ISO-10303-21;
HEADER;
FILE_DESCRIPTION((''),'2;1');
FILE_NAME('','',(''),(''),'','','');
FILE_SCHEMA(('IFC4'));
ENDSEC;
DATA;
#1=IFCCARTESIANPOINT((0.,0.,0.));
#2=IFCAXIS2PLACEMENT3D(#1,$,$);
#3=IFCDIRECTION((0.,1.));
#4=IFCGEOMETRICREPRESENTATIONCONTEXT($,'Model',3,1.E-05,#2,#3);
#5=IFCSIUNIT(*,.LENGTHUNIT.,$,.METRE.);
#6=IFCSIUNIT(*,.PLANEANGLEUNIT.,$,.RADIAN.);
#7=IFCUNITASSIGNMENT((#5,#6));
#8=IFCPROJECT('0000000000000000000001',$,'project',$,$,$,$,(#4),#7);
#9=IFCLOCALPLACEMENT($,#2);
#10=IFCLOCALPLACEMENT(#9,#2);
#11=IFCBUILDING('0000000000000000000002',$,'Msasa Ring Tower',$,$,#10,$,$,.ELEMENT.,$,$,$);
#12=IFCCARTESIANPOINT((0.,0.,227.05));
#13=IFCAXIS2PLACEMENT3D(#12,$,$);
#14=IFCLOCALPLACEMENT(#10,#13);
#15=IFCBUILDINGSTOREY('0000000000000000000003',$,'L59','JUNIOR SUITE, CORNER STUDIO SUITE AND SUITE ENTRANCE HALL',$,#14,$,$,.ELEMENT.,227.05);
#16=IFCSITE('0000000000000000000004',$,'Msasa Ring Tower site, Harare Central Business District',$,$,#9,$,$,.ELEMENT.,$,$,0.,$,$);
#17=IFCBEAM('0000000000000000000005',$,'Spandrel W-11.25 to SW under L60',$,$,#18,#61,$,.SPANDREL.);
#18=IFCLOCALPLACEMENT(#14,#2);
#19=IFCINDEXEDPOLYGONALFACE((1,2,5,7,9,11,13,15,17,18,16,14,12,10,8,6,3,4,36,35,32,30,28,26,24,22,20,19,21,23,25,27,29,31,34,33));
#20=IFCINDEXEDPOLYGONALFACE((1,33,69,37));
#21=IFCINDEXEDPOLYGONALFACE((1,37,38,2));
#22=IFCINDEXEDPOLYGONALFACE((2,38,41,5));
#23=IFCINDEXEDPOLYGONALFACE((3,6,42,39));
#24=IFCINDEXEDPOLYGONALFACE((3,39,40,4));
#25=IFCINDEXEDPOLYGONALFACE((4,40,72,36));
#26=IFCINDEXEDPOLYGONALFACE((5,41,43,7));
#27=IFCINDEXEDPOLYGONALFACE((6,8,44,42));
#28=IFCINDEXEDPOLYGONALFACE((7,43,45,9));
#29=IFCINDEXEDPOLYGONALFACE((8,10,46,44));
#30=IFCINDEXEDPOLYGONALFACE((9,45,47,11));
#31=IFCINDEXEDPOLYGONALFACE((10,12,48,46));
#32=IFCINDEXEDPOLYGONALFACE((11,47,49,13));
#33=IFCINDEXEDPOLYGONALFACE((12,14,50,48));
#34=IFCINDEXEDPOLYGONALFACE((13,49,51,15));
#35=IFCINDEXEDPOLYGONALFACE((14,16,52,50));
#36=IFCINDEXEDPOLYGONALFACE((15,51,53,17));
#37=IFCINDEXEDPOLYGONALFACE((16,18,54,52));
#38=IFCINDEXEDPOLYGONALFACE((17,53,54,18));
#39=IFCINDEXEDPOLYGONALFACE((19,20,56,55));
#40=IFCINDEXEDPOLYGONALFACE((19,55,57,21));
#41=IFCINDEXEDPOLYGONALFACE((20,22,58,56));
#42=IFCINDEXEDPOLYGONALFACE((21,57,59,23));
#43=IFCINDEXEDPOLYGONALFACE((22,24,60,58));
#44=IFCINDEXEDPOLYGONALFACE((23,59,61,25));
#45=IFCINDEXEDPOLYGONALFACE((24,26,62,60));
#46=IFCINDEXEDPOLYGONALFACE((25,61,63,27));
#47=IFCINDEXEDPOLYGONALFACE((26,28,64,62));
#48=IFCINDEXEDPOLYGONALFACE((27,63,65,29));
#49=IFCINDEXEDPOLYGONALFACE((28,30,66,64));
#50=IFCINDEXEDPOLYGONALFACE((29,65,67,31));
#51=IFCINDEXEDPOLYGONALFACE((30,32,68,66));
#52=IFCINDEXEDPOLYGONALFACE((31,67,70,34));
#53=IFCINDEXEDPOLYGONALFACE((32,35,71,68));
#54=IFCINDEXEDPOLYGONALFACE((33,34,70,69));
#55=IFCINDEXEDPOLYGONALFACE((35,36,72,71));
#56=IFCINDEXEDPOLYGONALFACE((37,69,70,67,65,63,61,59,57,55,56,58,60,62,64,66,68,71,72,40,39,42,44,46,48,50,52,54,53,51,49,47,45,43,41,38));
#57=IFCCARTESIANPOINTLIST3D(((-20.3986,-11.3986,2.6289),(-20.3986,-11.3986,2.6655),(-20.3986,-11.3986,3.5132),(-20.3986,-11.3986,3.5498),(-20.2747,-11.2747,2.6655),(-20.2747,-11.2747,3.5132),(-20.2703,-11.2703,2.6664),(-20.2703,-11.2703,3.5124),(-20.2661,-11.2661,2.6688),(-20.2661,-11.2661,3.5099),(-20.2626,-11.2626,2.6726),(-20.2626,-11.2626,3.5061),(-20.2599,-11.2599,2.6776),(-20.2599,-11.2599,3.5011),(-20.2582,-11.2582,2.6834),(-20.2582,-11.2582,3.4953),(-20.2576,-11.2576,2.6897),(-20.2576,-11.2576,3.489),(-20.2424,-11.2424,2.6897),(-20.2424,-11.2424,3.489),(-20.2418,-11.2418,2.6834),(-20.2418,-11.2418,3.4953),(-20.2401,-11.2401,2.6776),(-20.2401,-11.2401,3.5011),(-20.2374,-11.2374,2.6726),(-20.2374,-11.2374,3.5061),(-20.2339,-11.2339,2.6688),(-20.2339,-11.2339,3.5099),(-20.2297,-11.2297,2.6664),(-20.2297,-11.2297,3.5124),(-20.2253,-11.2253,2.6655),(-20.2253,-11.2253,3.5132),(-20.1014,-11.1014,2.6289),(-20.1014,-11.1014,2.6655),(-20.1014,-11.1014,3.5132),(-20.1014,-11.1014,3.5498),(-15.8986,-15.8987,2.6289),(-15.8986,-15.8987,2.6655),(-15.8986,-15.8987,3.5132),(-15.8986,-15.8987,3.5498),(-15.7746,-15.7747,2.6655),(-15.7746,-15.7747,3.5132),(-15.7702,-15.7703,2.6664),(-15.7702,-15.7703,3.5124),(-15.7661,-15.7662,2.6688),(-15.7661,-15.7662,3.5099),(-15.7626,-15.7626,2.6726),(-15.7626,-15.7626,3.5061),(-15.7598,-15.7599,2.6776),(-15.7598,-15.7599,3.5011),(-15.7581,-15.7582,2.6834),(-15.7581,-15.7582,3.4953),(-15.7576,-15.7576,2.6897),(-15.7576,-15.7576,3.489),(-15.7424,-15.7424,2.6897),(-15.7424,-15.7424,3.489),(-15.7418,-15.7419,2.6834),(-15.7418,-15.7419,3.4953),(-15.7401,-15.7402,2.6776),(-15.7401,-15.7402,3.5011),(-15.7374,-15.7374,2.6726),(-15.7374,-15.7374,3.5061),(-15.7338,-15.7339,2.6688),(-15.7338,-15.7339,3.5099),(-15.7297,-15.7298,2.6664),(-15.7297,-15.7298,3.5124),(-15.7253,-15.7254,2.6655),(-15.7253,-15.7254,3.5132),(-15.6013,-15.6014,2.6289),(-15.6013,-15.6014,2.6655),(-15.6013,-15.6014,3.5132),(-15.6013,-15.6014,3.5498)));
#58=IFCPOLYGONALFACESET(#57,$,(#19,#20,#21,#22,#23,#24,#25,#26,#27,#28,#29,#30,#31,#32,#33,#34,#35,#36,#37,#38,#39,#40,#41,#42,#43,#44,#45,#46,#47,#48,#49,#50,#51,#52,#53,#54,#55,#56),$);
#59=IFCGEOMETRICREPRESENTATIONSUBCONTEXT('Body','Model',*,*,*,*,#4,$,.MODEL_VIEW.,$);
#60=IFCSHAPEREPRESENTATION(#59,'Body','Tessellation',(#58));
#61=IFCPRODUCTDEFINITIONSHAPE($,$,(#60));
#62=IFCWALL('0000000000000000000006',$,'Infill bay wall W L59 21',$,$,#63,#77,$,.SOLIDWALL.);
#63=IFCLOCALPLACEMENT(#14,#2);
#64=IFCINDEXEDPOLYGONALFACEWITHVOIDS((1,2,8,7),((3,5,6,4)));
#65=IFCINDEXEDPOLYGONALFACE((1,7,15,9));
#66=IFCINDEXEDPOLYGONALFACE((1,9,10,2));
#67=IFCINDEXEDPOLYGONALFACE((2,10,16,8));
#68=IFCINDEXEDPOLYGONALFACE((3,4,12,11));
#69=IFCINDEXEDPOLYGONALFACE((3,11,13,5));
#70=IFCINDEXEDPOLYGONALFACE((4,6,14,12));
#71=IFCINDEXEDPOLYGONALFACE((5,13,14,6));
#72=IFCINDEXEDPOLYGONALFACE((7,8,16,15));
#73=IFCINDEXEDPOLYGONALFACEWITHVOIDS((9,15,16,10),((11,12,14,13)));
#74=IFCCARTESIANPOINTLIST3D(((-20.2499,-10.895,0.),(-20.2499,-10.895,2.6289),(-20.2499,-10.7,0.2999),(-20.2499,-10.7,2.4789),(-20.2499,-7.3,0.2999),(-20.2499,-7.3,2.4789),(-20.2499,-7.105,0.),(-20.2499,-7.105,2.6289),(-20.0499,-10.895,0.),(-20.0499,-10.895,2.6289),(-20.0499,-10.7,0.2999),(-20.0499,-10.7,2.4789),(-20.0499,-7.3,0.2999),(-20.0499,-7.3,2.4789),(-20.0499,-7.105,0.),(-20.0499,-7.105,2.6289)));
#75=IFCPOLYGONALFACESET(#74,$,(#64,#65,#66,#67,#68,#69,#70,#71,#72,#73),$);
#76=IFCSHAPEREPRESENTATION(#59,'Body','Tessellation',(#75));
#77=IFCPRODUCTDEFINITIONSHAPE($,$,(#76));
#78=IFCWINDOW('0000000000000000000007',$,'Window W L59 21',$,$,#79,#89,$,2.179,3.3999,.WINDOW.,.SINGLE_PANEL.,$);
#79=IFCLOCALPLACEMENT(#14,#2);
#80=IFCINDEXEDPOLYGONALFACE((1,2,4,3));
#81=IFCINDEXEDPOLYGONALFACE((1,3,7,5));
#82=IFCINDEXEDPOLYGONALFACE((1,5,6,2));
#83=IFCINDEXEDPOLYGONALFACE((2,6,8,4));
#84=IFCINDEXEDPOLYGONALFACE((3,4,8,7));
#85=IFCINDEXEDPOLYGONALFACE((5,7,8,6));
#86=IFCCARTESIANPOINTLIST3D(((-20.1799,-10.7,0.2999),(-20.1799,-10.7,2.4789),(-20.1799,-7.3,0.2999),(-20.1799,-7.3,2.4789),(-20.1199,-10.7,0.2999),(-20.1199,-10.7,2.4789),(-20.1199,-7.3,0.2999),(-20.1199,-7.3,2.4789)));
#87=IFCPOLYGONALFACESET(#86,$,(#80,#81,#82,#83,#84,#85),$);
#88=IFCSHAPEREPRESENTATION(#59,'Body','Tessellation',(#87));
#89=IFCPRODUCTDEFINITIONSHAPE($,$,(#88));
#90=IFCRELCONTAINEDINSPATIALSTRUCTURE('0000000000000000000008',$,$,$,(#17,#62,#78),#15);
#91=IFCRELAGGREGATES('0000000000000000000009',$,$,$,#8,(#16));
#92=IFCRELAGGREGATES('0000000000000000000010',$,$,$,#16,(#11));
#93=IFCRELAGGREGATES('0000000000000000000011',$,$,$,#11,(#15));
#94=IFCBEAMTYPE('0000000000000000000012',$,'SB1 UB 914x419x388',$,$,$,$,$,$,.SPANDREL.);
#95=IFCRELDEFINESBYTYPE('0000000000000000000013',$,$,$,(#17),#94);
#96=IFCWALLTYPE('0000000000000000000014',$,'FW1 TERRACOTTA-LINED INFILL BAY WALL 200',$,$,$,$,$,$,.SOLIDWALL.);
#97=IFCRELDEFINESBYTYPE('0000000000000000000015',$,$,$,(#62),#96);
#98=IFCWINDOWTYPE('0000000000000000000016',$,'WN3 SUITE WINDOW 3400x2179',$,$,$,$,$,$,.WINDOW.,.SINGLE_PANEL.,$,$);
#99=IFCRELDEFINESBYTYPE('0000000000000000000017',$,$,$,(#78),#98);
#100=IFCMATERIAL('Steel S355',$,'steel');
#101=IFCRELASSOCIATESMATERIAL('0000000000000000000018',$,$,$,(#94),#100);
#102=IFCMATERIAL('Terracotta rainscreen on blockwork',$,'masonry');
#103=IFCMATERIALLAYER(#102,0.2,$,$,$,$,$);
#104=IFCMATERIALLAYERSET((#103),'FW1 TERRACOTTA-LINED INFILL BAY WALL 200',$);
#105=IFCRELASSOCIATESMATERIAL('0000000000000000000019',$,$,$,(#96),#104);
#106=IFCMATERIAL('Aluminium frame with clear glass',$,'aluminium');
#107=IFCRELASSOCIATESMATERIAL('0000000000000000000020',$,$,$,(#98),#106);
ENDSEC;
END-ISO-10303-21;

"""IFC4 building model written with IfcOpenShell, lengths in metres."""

from ifc_helpers import new_model, si_unit, direction, frame, frame_2d, origin, origin_2d, place, context, subcontext, project, spatial, rectangle, i_section, extrude, material, layer, layer_set, material_profile, profile_set, type_object, element, fill, save


model = new_model("IFC4")

# Units and contexts
model_context = context("Model", 3, precision=1e-05, world=origin(), true_north=direction((0.0, 1.0)))
body_context = subcontext(model_context, "Body", "Model", "MODEL_VIEW")
ifc_project = project(units=[si_unit("LENGTHUNIT", "METRE"), si_unit("PLANEANGLEUNIT", "RADIAN")], contexts=[model_context])

# Site, building, storey
site_placement = place(None, origin())
site = spatial("IfcSite", under=ifc_project, at=site_placement, Name="Msasa Ring Tower site, Harare Central Business District", CompositionType="ELEMENT", RefElevation=0.0)
building_placement = place(site_placement, origin())
building = spatial("IfcBuilding", under=site, at=building_placement, Name="Msasa Ring Tower", CompositionType="ELEMENT")
storey_placement = place(building_placement, frame((0.0, 0.0, 227.05)))
storey = spatial("IfcBuildingStorey", under=building, at=storey_placement, Name="L59", Description="JUNIOR SUITE, CORNER STUDIO SUITE AND SUITE ENTRANCE HALL", CompositionType="ELEMENT", Elevation=227.05)

# Beam
ifc_material_1 = material(Name="Steel S355", Category="steel")
ifc_material_profile_1 = material_profile(ifc_material_1, i_section(OverallWidth=0.4204, OverallDepth=0.9209, WebThickness=0.0215, FlangeThickness=0.0366, FilletRadius=0.0242, at=origin_2d()), Name="UB 914x419x388")
ifc_profile_set_1 = profile_set([ifc_material_profile_1], Name="Steel S355")
beam_type_1 = type_object("IfcBeamType", Name="SB1 UB 914x419x388", PredefinedType="SPANDREL", material=ifc_profile_set_1)
beam_1_placement = place(storey_placement, frame((-20.25, -11.25, 3.0894), z_axis=(0.707107, -0.707107, 0.0), x_axis=(0.707107, 0.707107, 0.0)))
element("IfcBeam", 1, at=beam_1_placement, inside=storey, type_object=beam_type_1, Name="Spandrel W-11.25 to SW under L60", PredefinedType="SPANDREL", context=body_context, shape_type="SweptSolid", body=[
    extrude(i_section(OverallWidth=0.4204, OverallDepth=0.9209, WebThickness=0.0215, FlangeThickness=0.0366, FilletRadius=0.0242, at=origin_2d()), origin(), (0.0, 0.0, 1.0), 6.364),
])

# Wall, opening, window
ifc_material_2 = material(Name="Terracotta rainscreen on blockwork", Category="masonry")
ifc_layer_1 = layer(ifc_material_2, 0.2)
ifc_layer_set_1 = layer_set([ifc_layer_1], Name="FW1 TERRACOTTA-LINED INFILL BAY WALL 200")
wall_type_1 = type_object("IfcWallType", Name="FW1 TERRACOTTA-LINED INFILL BAY WALL 200", PredefinedType="SOLIDWALL", material=ifc_layer_set_1)
wall_1_placement = place(storey_placement, frame((-20.1499, -10.895, 0.0), z_axis=(0.0, 0.0, 1.0), x_axis=(0.0, 1.0, 0.0)))
wall_1 = element("IfcWall", 2, at=wall_1_placement, inside=storey, type_object=wall_type_1, Name="Infill bay wall W L59 21", PredefinedType="SOLIDWALL", context=body_context, shape_type="SweptSolid", body=[
    extrude(rectangle(XDim=3.79, YDim=0.2, at=frame_2d((1.895, 0.0))), origin(), (0.0, 0.0, 1.0), 2.6289),
])
opening_1_placement = place(wall_1_placement, frame((0.1951, 0.0, 0.3)))
opening_1 = element("IfcOpeningElement", 3, at=opening_1_placement, cuts=wall_1, PredefinedType="OPENING", context=body_context, shape_type="SweptSolid", body=[
    extrude(rectangle(XDim=3.3999, YDim=2.179, at=frame_2d((1.7, 1.0894))), frame((0.0, 0.1099, 0.0), z_axis=(0.0, -1.0, 0.0), x_axis=(1.0, 0.0, 0.0)), (0.0, 0.0, 1.0), 0.22),
])
ifc_material_3 = material(Name="Aluminium frame with clear glass", Category="aluminium")
window_type = type_object("IfcWindowType", Name="WN3 SUITE WINDOW 3400x2179", PartitioningType="SINGLE_PANEL", PredefinedType="WINDOW", material=ifc_material_3)
window_placement = place(opening_1_placement, origin())
window = element("IfcWindow", 4, at=window_placement, inside=storey, type_object=window_type, Name="Window W L59 21", OverallHeight=2.179, OverallWidth=3.3999, PartitioningType="SINGLE_PANEL", PredefinedType="WINDOW", context=body_context, shape_type="SweptSolid", body=[
    extrude(rectangle(XDim=3.3999, YDim=2.179, at=frame_2d((1.7, 1.0894))), frame((0.0, 0.03, 0.0), z_axis=(0.0, -1.0, 0.0), x_axis=(1.0, 0.0, 0.0)), (0.0, 0.0, 1.0), 0.0601),
])
fill(opening_1, window)

save(model, "model.ifc")
